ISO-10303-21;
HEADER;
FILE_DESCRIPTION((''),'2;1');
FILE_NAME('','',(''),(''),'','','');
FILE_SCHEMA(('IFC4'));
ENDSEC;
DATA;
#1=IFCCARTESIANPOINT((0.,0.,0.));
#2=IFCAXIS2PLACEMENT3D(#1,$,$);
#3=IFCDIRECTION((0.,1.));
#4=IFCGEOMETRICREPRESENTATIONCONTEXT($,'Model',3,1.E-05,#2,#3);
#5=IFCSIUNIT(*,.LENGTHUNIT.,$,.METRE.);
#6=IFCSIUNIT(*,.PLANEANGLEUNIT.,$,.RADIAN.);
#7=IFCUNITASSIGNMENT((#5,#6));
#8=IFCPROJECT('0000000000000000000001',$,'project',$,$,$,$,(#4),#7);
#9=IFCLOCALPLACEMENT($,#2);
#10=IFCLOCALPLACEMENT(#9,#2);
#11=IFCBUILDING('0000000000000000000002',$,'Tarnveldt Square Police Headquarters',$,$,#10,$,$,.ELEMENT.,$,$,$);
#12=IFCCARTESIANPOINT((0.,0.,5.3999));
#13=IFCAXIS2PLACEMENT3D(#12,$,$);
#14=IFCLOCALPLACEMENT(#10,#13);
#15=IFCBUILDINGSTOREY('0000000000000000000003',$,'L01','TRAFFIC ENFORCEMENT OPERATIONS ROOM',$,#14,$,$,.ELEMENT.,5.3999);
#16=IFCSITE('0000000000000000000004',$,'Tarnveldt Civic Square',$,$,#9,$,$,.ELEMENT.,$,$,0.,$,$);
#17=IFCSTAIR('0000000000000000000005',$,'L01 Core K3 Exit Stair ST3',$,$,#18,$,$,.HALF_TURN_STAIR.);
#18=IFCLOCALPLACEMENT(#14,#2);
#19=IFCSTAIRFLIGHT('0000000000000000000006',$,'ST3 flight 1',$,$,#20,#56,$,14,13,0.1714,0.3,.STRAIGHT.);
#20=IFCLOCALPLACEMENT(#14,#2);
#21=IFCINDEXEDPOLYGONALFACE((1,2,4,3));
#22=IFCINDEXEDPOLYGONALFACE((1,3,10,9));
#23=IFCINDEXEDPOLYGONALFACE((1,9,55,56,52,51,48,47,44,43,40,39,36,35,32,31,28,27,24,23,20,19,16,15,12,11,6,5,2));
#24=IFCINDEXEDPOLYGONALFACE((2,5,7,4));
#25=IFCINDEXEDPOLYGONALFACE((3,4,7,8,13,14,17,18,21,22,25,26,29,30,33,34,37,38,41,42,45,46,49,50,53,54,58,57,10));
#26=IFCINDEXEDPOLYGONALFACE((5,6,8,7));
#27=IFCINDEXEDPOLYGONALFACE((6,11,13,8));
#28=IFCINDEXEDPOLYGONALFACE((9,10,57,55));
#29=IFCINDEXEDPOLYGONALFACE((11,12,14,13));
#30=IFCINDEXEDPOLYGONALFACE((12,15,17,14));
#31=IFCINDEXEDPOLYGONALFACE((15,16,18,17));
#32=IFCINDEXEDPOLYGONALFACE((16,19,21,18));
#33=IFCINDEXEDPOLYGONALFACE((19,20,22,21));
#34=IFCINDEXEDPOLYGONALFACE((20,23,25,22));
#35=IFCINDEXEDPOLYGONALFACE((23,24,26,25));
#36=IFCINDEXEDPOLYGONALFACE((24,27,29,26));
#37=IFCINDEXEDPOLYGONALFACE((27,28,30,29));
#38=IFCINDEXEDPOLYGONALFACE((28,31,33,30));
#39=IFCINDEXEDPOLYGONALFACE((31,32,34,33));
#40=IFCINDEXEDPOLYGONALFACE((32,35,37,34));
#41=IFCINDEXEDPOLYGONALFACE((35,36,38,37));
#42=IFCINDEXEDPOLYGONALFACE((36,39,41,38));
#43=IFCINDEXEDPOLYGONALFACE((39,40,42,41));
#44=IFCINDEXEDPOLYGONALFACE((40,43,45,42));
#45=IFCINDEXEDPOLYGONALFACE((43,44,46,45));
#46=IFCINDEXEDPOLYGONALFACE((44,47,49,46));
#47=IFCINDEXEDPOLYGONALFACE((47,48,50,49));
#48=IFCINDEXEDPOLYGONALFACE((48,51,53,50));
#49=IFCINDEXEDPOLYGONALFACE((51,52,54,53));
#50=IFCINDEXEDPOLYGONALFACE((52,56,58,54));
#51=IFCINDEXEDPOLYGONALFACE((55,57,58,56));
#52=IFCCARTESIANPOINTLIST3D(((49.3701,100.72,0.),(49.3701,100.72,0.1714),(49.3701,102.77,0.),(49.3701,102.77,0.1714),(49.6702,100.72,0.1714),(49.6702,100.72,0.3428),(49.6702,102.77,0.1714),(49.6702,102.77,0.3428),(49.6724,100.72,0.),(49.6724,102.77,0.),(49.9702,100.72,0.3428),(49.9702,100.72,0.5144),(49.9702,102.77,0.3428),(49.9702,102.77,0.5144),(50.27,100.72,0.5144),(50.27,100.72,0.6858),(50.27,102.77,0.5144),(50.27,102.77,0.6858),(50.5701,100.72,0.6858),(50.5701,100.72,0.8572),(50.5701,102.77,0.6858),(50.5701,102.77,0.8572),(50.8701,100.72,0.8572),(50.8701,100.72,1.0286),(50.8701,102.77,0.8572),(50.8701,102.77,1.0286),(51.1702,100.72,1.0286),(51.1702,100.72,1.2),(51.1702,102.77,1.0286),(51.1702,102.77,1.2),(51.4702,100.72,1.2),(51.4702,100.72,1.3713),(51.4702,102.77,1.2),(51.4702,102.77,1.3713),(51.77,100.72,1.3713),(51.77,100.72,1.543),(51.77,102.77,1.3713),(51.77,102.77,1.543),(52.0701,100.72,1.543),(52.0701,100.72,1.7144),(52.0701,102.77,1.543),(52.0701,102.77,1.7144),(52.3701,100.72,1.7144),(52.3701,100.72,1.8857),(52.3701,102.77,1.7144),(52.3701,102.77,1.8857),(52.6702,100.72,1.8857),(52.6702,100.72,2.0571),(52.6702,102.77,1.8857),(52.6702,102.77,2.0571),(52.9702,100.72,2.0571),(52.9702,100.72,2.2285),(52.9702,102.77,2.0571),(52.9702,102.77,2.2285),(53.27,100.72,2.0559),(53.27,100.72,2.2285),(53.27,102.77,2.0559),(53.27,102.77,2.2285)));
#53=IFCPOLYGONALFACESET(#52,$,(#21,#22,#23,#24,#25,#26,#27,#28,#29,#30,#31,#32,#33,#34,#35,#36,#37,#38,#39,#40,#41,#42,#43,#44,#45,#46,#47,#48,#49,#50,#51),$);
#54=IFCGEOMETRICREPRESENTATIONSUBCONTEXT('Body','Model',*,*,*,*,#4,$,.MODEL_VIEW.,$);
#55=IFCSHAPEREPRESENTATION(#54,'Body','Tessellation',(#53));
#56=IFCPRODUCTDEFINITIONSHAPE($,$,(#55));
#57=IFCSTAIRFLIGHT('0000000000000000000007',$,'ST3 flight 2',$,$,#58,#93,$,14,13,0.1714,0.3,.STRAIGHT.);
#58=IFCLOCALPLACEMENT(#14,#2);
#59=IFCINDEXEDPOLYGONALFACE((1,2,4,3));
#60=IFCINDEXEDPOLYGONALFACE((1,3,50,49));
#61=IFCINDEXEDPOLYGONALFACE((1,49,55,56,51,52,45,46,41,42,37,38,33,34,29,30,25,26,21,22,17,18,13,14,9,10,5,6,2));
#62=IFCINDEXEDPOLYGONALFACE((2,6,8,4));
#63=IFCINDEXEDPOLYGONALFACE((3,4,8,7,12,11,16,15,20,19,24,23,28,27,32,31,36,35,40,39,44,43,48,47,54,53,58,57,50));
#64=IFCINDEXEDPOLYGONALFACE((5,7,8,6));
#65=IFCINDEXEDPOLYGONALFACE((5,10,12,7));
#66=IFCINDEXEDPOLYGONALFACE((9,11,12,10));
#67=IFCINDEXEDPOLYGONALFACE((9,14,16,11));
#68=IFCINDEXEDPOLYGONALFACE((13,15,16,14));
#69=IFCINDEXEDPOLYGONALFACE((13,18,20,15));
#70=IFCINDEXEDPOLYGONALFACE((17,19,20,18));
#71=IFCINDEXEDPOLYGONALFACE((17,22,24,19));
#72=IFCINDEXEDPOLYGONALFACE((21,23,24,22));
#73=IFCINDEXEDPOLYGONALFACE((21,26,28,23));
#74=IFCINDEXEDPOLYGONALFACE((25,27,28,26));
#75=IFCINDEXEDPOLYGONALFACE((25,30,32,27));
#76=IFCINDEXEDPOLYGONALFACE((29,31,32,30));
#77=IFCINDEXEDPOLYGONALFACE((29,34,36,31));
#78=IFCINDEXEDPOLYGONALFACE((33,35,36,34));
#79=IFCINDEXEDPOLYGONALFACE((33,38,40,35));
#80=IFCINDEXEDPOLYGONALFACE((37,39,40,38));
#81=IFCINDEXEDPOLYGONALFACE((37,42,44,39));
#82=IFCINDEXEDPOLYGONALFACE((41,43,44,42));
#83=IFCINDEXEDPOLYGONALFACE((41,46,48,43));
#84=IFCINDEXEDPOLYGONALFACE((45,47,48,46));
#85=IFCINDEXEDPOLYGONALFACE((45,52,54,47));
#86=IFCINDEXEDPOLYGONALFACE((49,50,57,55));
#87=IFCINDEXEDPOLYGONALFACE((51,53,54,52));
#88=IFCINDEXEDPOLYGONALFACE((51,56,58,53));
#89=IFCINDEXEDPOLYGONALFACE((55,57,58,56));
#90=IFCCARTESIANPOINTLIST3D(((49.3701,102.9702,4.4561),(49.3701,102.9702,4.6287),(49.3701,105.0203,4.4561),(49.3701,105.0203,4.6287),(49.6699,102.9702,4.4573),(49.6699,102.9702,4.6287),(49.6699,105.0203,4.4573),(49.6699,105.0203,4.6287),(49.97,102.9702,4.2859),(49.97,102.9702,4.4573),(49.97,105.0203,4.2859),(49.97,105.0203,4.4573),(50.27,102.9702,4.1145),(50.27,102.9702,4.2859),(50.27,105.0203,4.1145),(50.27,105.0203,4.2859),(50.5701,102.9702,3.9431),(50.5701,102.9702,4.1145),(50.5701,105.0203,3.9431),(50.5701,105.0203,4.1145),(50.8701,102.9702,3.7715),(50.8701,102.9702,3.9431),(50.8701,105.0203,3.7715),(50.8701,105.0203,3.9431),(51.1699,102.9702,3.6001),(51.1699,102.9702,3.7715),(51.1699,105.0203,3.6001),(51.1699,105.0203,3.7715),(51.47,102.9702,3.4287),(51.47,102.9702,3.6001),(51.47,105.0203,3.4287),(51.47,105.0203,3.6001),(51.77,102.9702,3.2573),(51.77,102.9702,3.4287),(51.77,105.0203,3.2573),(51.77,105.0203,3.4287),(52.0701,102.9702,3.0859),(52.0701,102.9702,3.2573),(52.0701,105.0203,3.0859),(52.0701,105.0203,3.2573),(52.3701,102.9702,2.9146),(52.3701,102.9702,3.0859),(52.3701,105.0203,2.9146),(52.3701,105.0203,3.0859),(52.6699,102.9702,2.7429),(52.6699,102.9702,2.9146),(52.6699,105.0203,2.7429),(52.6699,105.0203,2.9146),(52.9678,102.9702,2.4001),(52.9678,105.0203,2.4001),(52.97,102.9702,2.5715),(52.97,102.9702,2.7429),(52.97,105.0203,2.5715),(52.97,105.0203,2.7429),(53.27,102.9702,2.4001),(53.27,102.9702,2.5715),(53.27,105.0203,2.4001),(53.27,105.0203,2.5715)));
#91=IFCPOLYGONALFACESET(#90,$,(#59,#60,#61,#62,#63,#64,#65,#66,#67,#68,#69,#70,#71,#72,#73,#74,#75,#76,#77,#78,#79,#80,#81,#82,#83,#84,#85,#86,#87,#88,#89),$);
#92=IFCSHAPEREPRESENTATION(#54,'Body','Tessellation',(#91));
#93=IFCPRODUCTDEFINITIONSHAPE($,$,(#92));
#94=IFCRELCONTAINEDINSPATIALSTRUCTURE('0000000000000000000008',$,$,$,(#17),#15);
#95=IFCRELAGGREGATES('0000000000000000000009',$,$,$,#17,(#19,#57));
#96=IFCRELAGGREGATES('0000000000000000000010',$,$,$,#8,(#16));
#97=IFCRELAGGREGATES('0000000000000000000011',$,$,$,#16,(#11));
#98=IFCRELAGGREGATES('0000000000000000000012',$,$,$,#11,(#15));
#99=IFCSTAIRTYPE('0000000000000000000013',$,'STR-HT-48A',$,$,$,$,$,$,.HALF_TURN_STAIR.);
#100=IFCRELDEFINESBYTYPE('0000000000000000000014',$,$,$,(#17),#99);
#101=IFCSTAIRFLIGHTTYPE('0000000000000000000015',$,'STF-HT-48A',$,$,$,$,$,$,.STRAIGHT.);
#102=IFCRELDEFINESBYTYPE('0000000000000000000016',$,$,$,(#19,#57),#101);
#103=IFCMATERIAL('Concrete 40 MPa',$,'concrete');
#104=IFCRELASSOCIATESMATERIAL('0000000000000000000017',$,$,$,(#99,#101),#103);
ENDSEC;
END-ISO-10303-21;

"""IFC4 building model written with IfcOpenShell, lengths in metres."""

from ifc_helpers import new_model, si_unit, direction, frame, origin, place, context, subcontext, project, spatial, polyline, outline, extrude, material, type_object, element, aggregate, save


model = new_model("IFC4")

# Units and contexts
model_context = context("Model", 3, precision=1e-05, world=origin(), true_north=direction((0.0, 1.0)))
body_context = subcontext(model_context, "Body", "Model", "MODEL_VIEW")
ifc_project = project(units=[si_unit("LENGTHUNIT", "METRE"), si_unit("PLANEANGLEUNIT", "RADIAN")], contexts=[model_context])

# Site, building, storey
site_placement = place(None, origin())
site = spatial("IfcSite", under=ifc_project, at=site_placement, Name="Tarnveldt Civic Square", CompositionType="ELEMENT", RefElevation=0.0)
building_placement = place(site_placement, origin())
building = spatial("IfcBuilding", under=site, at=building_placement, Name="Tarnveldt Square Police Headquarters", CompositionType="ELEMENT")
storey_placement = place(building_placement, frame((0.0, 0.0, 5.3999)))
storey = spatial("IfcBuildingStorey", under=building, at=storey_placement, Name="L01", Description="TRAFFIC ENFORCEMENT OPERATIONS ROOM", CompositionType="ELEMENT", Elevation=5.3999)

# Shared definitions
ifc_material_1 = material(Name="Concrete 40 MPa", Category="concrete")

# Stair, stair flights
stair_type = type_object("IfcStairType", Name="STR-HT-48A", PredefinedType="HALF_TURN_STAIR", material=ifc_material_1)
stair_placement = place(storey_placement, origin())
stair = element("IfcStair", 1, at=stair_placement, inside=storey, type_object=stair_type, Name="L01 Core K3 Exit Stair ST3", PredefinedType="HALF_TURN_STAIR")
stair_flight_type = type_object("IfcStairFlightType", Name="STF-HT-48A", PredefinedType="STRAIGHT", material=ifc_material_1)
stair_flight_1_placement = place(storey_placement, frame((49.3701, 101.7451, 0.0), z_axis=(0.0, 0.0, 1.0), x_axis=(1.0, 0.0, 0.0)))
stair_flight_1 = element("IfcStairFlight", 2, at=stair_flight_1_placement, type_object=stair_flight_type, Name="ST3 flight 1", NumberOfRisers=14, NumberOfTreads=13, PredefinedType="STRAIGHT", RiserHeight=0.1714, TreadLength=0.3, context=body_context, shape_type="SweptSolid", body=[
    extrude(outline(polyline([(0.0, 0.0), (0.0, 0.1714), (0.3, 0.1714), (0.3, 0.3428), (0.6001, 0.3428), (0.6001, 0.5144), (0.8999, 0.5144), (0.8999, 0.6858), (1.2, 0.6858), (1.2, 0.8572), (1.5, 0.8572), (1.5, 1.0286), (1.8, 1.0286), (1.8, 1.2), (2.1001, 1.2), (2.1001, 1.3713), (2.3999, 1.3713), (2.3999, 1.543), (2.7, 1.543), (2.7, 1.7144), (3.0, 1.7144), (3.0, 1.8857), (3.3, 1.8857), (3.3, 2.0571), (3.6001, 2.0571), (3.6001, 2.2285), (3.8999, 2.2285), (3.8999, 2.3999), (3.8999, 2.0559), (0.3022, 0.0), (0.0, 0.0)])), frame((0.0, 1.0249, 0.0), z_axis=(0.0, -1.0, 0.0), x_axis=(1.0, 0.0, 0.0)), (0.0, 0.0, 1.0), 2.05),
])
stair_flight_2_placement = place(storey_placement, frame((53.27, 103.9951, 2.4001), z_axis=(0.0, 0.0, 1.0), x_axis=(-1.0, 0.0, 0.0)))
stair_flight_2 = element("IfcStairFlight", 3, at=stair_flight_2_placement, type_object=stair_flight_type, Name="ST3 flight 2", NumberOfRisers=14, NumberOfTreads=13, PredefinedType="STRAIGHT", RiserHeight=0.1714, TreadLength=0.3, context=body_context, shape_type="SweptSolid", body=[
    extrude(outline(polyline([(0.0, 0.0), (0.0, 0.1714), (0.3, 0.1714), (0.3, 0.3428), (0.6001, 0.3428), (0.6001, 0.5144), (0.8999, 0.5144), (0.8999, 0.6858), (1.2, 0.6858), (1.2, 0.8572), (1.5, 0.8572), (1.5, 1.0286), (1.8, 1.0286), (1.8, 1.2), (2.1001, 1.2), (2.1001, 1.3713), (2.3999, 1.3713), (2.3999, 1.543), (2.7, 1.543), (2.7, 1.7144), (3.0, 1.7144), (3.0, 1.8857), (3.3, 1.8857), (3.3, 2.0571), (3.6001, 2.0571), (3.6001, 2.2285), (3.8999, 2.2285), (3.8999, 2.3999), (3.8999, 2.0559), (0.3022, 0.0), (0.0, 0.0)])), frame((0.0, 1.0249, 0.0), z_axis=(0.0, -1.0, 0.0), x_axis=(1.0, 0.0, 0.0)), (0.0, 0.0, 1.0), 2.05),
])
aggregate(stair, [stair_flight_1, stair_flight_2])

save(model, "model.ifc")
